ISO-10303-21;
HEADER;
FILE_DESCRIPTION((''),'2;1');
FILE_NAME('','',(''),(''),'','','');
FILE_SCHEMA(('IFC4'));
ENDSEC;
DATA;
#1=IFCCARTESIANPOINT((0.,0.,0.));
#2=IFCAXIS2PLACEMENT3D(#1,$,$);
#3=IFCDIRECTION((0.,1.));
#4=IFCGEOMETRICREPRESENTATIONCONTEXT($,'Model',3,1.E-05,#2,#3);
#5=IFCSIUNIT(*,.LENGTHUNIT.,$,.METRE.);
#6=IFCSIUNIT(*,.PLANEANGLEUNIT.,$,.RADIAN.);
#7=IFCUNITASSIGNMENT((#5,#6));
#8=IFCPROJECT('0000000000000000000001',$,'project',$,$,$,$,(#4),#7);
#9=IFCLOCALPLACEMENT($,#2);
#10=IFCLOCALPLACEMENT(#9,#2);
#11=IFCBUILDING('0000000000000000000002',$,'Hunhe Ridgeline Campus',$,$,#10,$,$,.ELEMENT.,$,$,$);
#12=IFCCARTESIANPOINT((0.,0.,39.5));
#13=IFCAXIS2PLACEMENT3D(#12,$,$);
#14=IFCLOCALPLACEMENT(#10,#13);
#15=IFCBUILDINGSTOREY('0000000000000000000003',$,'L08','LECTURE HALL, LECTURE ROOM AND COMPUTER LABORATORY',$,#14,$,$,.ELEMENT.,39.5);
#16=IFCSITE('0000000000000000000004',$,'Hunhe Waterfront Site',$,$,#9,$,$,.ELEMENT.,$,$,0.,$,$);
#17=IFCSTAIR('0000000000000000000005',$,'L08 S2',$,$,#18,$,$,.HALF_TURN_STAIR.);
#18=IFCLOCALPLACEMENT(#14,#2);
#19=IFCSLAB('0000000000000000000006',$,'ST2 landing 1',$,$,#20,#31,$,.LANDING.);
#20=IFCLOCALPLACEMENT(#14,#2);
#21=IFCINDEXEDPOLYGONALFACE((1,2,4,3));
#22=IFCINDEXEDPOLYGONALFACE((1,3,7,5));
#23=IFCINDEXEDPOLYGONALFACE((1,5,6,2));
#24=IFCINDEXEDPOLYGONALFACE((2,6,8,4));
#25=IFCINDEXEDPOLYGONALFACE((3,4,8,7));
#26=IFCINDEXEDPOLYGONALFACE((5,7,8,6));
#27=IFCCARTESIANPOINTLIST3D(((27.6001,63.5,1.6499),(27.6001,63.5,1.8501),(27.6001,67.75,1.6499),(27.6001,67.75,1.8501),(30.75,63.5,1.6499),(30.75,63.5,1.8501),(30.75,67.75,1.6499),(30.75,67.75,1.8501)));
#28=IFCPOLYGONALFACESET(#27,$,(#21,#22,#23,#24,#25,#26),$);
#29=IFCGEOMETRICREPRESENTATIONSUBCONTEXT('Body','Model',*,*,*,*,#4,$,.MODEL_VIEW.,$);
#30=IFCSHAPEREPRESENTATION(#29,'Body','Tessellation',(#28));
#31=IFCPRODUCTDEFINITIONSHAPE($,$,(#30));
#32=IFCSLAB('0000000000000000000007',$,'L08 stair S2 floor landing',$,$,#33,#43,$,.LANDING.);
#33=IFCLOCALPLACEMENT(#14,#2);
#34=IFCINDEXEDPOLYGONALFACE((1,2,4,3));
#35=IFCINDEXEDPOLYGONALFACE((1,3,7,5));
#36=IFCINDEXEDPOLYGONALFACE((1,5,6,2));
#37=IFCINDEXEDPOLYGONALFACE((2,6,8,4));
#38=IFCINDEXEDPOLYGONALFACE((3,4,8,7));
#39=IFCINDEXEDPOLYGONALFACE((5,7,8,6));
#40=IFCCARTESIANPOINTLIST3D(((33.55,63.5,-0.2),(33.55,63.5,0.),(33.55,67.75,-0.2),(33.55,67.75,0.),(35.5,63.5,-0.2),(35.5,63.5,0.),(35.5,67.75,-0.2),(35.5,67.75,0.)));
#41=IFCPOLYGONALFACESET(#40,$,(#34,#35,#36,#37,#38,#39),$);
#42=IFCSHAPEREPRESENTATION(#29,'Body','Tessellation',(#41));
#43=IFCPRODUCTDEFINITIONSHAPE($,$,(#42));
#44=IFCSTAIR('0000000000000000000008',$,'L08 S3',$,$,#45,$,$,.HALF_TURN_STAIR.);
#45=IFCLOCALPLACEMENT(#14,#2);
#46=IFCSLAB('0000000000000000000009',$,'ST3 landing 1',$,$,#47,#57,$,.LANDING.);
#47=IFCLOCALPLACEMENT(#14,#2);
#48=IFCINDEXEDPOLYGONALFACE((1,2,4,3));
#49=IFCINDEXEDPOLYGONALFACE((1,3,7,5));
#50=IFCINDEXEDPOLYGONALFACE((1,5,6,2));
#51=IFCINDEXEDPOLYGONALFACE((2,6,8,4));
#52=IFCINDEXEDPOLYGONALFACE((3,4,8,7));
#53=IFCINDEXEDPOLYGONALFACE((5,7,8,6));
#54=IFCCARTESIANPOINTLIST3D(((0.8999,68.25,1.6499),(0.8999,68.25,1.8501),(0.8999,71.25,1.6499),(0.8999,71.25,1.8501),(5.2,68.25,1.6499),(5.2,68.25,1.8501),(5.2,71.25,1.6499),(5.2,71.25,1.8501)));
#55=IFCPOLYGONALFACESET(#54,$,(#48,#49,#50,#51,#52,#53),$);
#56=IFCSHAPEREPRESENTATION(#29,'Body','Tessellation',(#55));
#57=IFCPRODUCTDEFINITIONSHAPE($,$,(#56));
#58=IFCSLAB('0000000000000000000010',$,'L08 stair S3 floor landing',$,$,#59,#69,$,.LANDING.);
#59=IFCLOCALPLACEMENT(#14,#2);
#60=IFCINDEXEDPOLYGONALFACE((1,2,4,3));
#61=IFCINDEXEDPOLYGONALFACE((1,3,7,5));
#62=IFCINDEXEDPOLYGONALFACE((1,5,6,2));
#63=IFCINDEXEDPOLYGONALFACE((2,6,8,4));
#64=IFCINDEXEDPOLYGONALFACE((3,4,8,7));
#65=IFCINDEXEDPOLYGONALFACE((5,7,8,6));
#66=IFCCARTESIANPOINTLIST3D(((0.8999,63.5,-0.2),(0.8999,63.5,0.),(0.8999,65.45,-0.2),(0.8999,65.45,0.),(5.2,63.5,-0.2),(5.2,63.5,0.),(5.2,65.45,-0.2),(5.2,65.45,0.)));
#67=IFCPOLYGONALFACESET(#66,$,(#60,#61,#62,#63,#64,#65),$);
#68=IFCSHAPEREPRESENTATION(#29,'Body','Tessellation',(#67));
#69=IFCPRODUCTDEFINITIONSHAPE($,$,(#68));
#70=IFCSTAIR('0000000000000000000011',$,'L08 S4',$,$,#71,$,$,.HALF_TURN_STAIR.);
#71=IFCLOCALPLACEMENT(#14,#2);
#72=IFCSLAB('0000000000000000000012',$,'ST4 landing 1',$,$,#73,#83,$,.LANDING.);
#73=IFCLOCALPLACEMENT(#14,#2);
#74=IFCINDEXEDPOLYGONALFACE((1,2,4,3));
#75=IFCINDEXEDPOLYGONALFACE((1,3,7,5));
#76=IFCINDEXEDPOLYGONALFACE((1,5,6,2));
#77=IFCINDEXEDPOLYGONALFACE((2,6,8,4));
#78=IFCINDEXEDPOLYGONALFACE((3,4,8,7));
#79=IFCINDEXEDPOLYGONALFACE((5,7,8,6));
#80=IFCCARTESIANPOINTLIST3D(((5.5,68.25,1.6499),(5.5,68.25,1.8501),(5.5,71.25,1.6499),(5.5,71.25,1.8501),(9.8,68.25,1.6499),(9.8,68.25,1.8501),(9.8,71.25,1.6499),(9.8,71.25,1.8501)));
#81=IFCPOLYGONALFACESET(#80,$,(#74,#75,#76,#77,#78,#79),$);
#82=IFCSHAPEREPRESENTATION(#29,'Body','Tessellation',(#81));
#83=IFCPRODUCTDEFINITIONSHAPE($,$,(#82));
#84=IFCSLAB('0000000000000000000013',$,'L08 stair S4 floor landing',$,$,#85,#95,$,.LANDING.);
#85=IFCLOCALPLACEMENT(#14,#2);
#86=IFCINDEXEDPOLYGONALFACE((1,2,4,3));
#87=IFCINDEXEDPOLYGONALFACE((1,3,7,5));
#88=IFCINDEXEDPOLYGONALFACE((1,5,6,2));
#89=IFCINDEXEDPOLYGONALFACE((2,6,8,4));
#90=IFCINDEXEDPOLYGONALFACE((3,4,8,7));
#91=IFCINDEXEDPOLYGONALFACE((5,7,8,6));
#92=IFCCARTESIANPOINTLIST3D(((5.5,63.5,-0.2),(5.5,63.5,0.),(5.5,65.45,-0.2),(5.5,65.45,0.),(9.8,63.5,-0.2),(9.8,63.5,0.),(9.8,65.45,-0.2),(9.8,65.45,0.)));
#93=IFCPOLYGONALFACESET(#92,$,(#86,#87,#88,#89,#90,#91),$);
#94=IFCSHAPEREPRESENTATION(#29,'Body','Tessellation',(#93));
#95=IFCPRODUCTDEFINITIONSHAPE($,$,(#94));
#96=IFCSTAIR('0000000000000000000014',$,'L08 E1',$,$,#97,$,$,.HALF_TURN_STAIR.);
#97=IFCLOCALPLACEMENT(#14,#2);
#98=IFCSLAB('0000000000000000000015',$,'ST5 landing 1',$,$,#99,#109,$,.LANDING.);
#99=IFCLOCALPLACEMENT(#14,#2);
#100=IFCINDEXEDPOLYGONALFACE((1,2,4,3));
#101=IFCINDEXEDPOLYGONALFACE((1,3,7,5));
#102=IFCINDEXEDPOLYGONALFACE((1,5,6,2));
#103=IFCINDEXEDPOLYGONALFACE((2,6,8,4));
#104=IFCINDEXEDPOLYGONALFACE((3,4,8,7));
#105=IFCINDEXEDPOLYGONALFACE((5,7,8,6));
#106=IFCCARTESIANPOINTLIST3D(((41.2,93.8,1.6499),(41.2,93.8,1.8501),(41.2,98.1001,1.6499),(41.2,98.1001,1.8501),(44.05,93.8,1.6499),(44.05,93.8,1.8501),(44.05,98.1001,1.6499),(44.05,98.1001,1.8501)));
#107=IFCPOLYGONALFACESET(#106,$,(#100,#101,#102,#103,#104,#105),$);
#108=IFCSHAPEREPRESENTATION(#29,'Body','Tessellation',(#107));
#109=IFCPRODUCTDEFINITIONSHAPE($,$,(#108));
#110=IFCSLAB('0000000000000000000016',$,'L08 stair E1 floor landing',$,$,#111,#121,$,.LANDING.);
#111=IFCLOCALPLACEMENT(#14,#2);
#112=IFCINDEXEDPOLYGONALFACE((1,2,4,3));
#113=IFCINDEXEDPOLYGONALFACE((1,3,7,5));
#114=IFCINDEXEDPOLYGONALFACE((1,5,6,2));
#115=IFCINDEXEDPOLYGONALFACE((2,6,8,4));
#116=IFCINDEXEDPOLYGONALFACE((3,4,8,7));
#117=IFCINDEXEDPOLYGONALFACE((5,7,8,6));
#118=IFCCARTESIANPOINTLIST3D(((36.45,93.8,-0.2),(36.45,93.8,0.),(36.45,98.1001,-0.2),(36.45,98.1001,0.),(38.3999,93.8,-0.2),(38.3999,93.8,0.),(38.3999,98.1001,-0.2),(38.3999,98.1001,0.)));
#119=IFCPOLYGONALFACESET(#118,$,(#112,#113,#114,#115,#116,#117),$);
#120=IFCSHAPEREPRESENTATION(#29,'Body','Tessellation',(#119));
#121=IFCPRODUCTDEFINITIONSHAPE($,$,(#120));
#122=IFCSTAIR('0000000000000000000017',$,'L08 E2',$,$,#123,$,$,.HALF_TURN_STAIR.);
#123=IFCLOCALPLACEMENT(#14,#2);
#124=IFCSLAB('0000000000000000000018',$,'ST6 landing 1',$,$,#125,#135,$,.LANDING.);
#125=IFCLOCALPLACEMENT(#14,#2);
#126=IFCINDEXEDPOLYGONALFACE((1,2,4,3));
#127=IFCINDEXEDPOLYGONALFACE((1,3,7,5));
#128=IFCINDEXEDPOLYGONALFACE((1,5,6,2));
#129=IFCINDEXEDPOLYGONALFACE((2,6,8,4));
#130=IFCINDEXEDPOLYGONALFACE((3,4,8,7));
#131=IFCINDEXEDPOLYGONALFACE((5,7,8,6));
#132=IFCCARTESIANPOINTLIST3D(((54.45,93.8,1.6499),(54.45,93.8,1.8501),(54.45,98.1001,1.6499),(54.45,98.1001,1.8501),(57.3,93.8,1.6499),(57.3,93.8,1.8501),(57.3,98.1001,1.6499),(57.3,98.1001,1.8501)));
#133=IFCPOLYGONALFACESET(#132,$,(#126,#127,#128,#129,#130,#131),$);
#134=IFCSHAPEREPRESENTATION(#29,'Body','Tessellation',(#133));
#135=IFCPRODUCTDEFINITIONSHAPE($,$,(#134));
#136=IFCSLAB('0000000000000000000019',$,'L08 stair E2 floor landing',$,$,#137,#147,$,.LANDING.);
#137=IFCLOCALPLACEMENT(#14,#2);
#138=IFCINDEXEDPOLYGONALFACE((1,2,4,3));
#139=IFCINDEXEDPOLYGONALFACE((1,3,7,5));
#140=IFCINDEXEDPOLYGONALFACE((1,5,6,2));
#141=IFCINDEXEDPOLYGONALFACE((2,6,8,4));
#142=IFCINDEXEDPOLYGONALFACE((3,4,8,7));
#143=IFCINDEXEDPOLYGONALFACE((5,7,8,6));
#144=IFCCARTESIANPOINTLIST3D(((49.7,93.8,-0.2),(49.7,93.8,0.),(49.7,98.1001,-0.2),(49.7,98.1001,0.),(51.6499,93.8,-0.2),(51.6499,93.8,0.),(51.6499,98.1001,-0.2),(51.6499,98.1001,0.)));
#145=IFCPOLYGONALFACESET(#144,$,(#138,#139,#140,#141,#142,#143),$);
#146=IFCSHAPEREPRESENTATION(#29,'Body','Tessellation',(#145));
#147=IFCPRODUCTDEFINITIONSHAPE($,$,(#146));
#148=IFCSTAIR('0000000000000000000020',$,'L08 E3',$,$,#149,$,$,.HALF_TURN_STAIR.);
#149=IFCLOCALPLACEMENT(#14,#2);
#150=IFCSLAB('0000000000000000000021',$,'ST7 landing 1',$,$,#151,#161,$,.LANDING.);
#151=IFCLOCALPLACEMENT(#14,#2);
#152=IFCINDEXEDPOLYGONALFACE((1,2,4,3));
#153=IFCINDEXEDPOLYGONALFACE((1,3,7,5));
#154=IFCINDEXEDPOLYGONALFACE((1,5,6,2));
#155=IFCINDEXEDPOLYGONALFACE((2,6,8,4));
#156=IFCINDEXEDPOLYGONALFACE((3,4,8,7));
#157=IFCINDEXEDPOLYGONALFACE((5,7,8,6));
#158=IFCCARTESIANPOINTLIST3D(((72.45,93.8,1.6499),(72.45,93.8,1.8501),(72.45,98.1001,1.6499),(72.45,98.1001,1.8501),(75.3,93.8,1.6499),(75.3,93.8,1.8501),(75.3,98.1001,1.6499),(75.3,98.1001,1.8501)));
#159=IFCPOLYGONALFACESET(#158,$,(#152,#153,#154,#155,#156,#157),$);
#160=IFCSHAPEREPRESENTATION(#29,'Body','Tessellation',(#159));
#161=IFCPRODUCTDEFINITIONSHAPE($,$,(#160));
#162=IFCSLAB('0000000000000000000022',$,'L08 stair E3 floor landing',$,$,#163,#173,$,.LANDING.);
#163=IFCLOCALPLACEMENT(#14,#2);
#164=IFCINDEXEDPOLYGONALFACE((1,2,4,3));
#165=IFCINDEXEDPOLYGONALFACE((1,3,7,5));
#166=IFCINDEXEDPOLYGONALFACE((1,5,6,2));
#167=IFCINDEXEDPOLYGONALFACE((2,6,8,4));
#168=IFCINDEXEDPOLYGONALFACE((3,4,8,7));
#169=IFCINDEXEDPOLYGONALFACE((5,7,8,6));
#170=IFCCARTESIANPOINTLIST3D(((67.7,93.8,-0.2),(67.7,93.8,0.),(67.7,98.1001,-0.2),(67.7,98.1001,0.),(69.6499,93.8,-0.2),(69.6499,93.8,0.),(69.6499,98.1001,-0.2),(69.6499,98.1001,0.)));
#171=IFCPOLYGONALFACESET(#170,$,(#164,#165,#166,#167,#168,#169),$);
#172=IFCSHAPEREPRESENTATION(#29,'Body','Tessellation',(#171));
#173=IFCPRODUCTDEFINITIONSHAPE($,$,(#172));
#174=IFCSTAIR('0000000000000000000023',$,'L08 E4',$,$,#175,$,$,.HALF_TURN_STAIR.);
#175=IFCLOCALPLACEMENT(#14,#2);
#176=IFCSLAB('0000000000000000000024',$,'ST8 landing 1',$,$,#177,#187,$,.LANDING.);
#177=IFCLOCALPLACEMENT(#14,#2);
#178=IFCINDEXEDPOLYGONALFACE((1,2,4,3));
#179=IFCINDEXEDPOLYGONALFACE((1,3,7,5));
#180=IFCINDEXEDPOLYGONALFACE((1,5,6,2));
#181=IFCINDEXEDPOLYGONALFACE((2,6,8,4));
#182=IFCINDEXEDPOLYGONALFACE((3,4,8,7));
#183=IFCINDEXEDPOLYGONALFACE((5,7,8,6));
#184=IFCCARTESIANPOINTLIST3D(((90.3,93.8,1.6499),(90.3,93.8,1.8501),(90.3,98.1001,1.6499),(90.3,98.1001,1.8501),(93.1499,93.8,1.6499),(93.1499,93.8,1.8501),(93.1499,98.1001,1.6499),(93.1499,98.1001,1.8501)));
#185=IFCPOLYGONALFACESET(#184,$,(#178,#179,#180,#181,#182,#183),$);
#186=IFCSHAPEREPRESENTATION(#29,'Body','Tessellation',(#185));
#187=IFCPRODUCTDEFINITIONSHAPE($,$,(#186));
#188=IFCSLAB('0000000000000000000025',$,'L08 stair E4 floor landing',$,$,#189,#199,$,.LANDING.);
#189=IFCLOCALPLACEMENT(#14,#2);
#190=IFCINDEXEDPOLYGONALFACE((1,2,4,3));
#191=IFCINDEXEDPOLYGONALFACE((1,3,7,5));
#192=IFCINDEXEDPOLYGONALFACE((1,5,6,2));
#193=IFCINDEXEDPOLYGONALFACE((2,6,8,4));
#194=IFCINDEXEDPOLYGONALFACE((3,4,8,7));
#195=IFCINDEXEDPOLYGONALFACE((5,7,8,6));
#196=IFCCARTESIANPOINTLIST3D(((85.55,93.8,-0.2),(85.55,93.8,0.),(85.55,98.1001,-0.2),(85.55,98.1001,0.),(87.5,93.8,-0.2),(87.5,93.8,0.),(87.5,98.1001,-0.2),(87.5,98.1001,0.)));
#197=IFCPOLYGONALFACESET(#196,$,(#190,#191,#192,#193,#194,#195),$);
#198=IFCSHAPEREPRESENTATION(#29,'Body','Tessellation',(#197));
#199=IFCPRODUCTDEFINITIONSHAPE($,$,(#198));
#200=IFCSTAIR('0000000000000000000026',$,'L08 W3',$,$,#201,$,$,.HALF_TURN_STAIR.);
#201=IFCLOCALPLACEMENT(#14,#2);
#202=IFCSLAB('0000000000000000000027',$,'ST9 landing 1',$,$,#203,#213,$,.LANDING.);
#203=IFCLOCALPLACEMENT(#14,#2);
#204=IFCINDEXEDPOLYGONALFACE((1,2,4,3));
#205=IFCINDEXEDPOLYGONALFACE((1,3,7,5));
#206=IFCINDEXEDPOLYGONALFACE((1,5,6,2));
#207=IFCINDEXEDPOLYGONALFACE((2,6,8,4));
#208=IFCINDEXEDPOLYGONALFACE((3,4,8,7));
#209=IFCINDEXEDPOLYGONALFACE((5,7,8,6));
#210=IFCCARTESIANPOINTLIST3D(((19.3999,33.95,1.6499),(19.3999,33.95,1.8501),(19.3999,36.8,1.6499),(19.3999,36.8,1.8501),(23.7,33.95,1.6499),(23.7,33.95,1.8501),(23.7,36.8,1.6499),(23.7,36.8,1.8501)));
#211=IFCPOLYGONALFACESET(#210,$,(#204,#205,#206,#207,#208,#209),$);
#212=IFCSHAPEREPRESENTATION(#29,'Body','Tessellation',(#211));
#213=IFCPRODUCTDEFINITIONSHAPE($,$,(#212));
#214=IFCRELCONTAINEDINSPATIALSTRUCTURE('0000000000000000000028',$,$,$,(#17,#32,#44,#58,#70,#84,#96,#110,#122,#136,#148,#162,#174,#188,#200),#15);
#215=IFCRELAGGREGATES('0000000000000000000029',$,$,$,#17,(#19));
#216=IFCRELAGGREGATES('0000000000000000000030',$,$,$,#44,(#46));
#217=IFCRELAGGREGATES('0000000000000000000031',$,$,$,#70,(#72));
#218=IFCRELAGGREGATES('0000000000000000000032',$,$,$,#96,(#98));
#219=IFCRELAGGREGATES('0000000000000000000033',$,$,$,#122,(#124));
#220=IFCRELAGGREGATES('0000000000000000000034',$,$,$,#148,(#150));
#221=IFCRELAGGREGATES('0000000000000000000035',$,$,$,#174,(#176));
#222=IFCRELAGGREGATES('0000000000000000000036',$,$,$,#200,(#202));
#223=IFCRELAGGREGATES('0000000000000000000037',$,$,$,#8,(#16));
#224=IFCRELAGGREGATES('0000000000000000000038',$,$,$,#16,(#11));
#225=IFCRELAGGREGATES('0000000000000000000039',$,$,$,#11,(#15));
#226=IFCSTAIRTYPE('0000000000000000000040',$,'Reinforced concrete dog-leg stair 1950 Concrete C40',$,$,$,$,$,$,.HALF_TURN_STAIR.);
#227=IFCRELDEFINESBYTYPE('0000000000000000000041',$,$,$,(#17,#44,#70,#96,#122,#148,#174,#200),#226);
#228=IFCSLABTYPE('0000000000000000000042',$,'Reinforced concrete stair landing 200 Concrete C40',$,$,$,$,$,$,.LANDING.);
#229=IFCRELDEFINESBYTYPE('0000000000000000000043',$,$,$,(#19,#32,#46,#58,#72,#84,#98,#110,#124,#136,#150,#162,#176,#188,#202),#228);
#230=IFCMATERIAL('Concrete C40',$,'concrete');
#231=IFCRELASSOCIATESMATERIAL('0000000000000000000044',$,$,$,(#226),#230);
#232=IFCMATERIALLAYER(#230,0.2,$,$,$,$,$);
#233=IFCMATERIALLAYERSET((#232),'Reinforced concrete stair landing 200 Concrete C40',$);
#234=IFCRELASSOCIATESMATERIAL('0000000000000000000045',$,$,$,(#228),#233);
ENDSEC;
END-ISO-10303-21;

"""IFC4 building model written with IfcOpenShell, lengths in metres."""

from ifc_helpers import new_model, si_unit, direction, frame, origin, place, context, subcontext, project, spatial, polyline, outline, extrude, material, layer, layer_set, type_object, element, aggregate, save


model = new_model("IFC4")

# Units and contexts
model_context = context("Model", 3, precision=1e-05, world=origin(), true_north=direction((0.0, 1.0)))
body_context = subcontext(model_context, "Body", "Model", "MODEL_VIEW")
ifc_project = project(units=[si_unit("LENGTHUNIT", "METRE"), si_unit("PLANEANGLEUNIT", "RADIAN")], contexts=[model_context])

# Site, building, storey
site_placement = place(None, origin())
site = spatial("IfcSite", under=ifc_project, at=site_placement, Name="Hunhe Waterfront Site", CompositionType="ELEMENT", RefElevation=0.0)
building_placement = place(site_placement, origin())
building = spatial("IfcBuilding", under=site, at=building_placement, Name="Hunhe Ridgeline Campus", CompositionType="ELEMENT")
storey_placement = place(building_placement, frame((0.0, 0.0, 39.5)))
storey = spatial("IfcBuildingStorey", under=building, at=storey_placement, Name="L08", Description="LECTURE HALL, LECTURE ROOM AND COMPUTER LABORATORY", CompositionType="ELEMENT", Elevation=39.5)

# Shared definitions
ifc_material_1 = material(Name="Concrete C40", Category="concrete")

# Shared definitions
stair_type = type_object("IfcStairType", Name="Reinforced concrete dog-leg stair 1950 Concrete C40", PredefinedType="HALF_TURN_STAIR", material=ifc_material_1)
ifc_layer_1 = layer(ifc_material_1, 0.2)
ifc_layer_set_1 = layer_set([ifc_layer_1], Name="Reinforced concrete stair landing 200 Concrete C40")
slab_type_1 = type_object("IfcSlabType", Name="Reinforced concrete stair landing 200 Concrete C40", PredefinedType="LANDING", material=ifc_layer_set_1)

# Stair, slab
stair_1_placement = place(storey_placement, origin())
stair_1 = element("IfcStair", 1, at=stair_1_placement, inside=storey, type_object=stair_type, Name="L08 S2", PredefinedType="HALF_TURN_STAIR")
slab_1_placement = place(storey_placement, frame((0.0, 0.0, 1.6499)))
slab_1 = element("IfcSlab", 2, at=slab_1_placement, type_object=slab_type_1, Name="ST2 landing 1", PredefinedType="LANDING", context=body_context, shape_type="SweptSolid", body=[
    extrude(outline(polyline([(30.75, 67.75), (27.6001, 67.75), (27.6001, 63.5), (30.75, 63.5), (30.75, 67.75)])), origin(), (0.0, 0.0, 1.0), 0.2002),
])
aggregate(stair_1, [slab_1])

# Slab
slab_2_placement = place(storey_placement, frame((0.0, 0.0, -0.2)))
element("IfcSlab", 3, at=slab_2_placement, inside=storey, type_object=slab_type_1, Name="L08 stair S2 floor landing", PredefinedType="LANDING", context=body_context, shape_type="SweptSolid", body=[
    extrude(outline(polyline([(35.5, 67.75), (33.55, 67.75), (33.55, 63.5), (35.5, 63.5), (35.5, 67.75)])), origin(), (0.0, 0.0, 1.0), 0.2),
])

# Stair, slab
stair_2_placement = place(storey_placement, origin())
stair_2 = element("IfcStair", 4, at=stair_2_placement, inside=storey, type_object=stair_type, Name="L08 S3", PredefinedType="HALF_TURN_STAIR")
slab_3_placement = place(storey_placement, frame((0.0, 0.0, 1.6499)))
slab_3 = element("IfcSlab", 5, at=slab_3_placement, type_object=slab_type_1, Name="ST3 landing 1", PredefinedType="LANDING", context=body_context, shape_type="SweptSolid", body=[
    extrude(outline(polyline([(5.2, 68.25), (5.2, 71.25), (0.8999, 71.25), (0.8999, 68.25), (5.2, 68.25)])), origin(), (0.0, 0.0, 1.0), 0.2002),
])
aggregate(stair_2, [slab_3])

# Slab
slab_4_placement = place(storey_placement, frame((0.0, 0.0, -0.2)))
element("IfcSlab", 6, at=slab_4_placement, inside=storey, type_object=slab_type_1, Name="L08 stair S3 floor landing", PredefinedType="LANDING", context=body_context, shape_type="SweptSolid", body=[
    extrude(outline(polyline([(5.2, 63.5), (5.2, 65.45), (0.8999, 65.45), (0.8999, 63.5), (5.2, 63.5)])), origin(), (0.0, 0.0, 1.0), 0.2),
])

# Stair, slab
stair_3_placement = place(storey_placement, origin())
stair_3 = element("IfcStair", 7, at=stair_3_placement, inside=storey, type_object=stair_type, Name="L08 S4", PredefinedType="HALF_TURN_STAIR")
slab_5_placement = place(storey_placement, frame((0.0, 0.0, 1.6499)))
slab_5 = element("IfcSlab", 8, at=slab_5_placement, type_object=slab_type_1, Name="ST4 landing 1", PredefinedType="LANDING", context=body_context, shape_type="SweptSolid", body=[
    extrude(outline(polyline([(9.8, 68.25), (9.8, 71.25), (5.5, 71.25), (5.5, 68.25), (9.8, 68.25)])), origin(), (0.0, 0.0, 1.0), 0.2002),
])
aggregate(stair_3, [slab_5])

# Slab
slab_6_placement = place(storey_placement, frame((0.0, 0.0, -0.2)))
element("IfcSlab", 9, at=slab_6_placement, inside=storey, type_object=slab_type_1, Name="L08 stair S4 floor landing", PredefinedType="LANDING", context=body_context, shape_type="SweptSolid", body=[
    extrude(outline(polyline([(9.8, 63.5), (9.8, 65.45), (5.5, 65.45), (5.5, 63.5), (9.8, 63.5)])), origin(), (0.0, 0.0, 1.0), 0.2),
])

# Stair, slab
stair_4_placement = place(storey_placement, origin())
stair_4 = element("IfcStair", 10, at=stair_4_placement, inside=storey, type_object=stair_type, Name="L08 E1", PredefinedType="HALF_TURN_STAIR")
slab_7_placement = place(storey_placement, frame((0.0, 0.0, 1.6499)))
slab_7 = element("IfcSlab", 11, at=slab_7_placement, type_object=slab_type_1, Name="ST5 landing 1", PredefinedType="LANDING", context=body_context, shape_type="SweptSolid", body=[
    extrude(outline(polyline([(41.2, 93.8), (44.05, 93.8), (44.05, 98.1001), (41.2, 98.1001), (41.2, 93.8)])), origin(), (0.0, 0.0, 1.0), 0.2002),
])
aggregate(stair_4, [slab_7])

# Slab
slab_8_placement = place(storey_placement, frame((0.0, 0.0, -0.2)))
element("IfcSlab", 12, at=slab_8_placement, inside=storey, type_object=slab_type_1, Name="L08 stair E1 floor landing", PredefinedType="LANDING", context=body_context, shape_type="SweptSolid", body=[
    extrude(outline(polyline([(36.45, 93.8), (38.3999, 93.8), (38.3999, 98.1001), (36.45, 98.1001), (36.45, 93.8)])), origin(), (0.0, 0.0, 1.0), 0.2),
])

# Stair, slab
stair_5_placement = place(storey_placement, origin())
stair_5 = element("IfcStair", 13, at=stair_5_placement, inside=storey, type_object=stair_type, Name="L08 E2", PredefinedType="HALF_TURN_STAIR")
slab_9_placement = place(storey_placement, frame((0.0, 0.0, 1.6499)))
slab_9 = element("IfcSlab", 14, at=slab_9_placement, type_object=slab_type_1, Name="ST6 landing 1", PredefinedType="LANDING", context=body_context, shape_type="SweptSolid", body=[
    extrude(outline(polyline([(54.45, 93.8), (57.3, 93.8), (57.3, 98.1001), (54.45, 98.1001), (54.45, 93.8)])), origin(), (0.0, 0.0, 1.0), 0.2002),
])
aggregate(stair_5, [slab_9])

# Slab
slab_10_placement = place(storey_placement, frame((0.0, 0.0, -0.2)))
element("IfcSlab", 15, at=slab_10_placement, inside=storey, type_object=slab_type_1, Name="L08 stair E2 floor landing", PredefinedType="LANDING", context=body_context, shape_type="SweptSolid", body=[
    extrude(outline(polyline([(49.7, 93.8), (51.6499, 93.8), (51.6499, 98.1001), (49.7, 98.1001), (49.7, 93.8)])), origin(), (0.0, 0.0, 1.0), 0.2),
])

# Stair, slab
stair_6_placement = place(storey_placement, origin())
stair_6 = element("IfcStair", 16, at=stair_6_placement, inside=storey, type_object=stair_type, Name="L08 E3", PredefinedType="HALF_TURN_STAIR")
slab_11_placement = place(storey_placement, frame((0.0, 0.0, 1.6499)))
slab_11 = element("IfcSlab", 17, at=slab_11_placement, type_object=slab_type_1, Name="ST7 landing 1", PredefinedType="LANDING", context=body_context, shape_type="SweptSolid", body=[
    extrude(outline(polyline([(72.45, 93.8), (75.3, 93.8), (75.3, 98.1001), (72.45, 98.1001), (72.45, 93.8)])), origin(), (0.0, 0.0, 1.0), 0.2002),
])
aggregate(stair_6, [slab_11])

# Slab
slab_12_placement = place(storey_placement, frame((0.0, 0.0, -0.2)))
element("IfcSlab", 18, at=slab_12_placement, inside=storey, type_object=slab_type_1, Name="L08 stair E3 floor landing", PredefinedType="LANDING", context=body_context, shape_type="SweptSolid", body=[
    extrude(outline(polyline([(67.7, 93.8), (69.6499, 93.8), (69.6499, 98.1001), (67.7, 98.1001), (67.7, 93.8)])), origin(), (0.0, 0.0, 1.0), 0.2),
])

# Stair, slab
stair_7_placement = place(storey_placement, origin())
stair_7 = element("IfcStair", 19, at=stair_7_placement, inside=storey, type_object=stair_type, Name="L08 E4", PredefinedType="HALF_TURN_STAIR")
slab_13_placement = place(storey_placement, frame((0.0, 0.0, 1.6499)))
slab_13 = element("IfcSlab", 20, at=slab_13_placement, type_object=slab_type_1, Name="ST8 landing 1", PredefinedType="LANDING", context=body_context, shape_type="SweptSolid", body=[
    extrude(outline(polyline([(90.3, 93.8), (93.1499, 93.8), (93.1499, 98.1001), (90.3, 98.1001), (90.3, 93.8)])), origin(), (0.0, 0.0, 1.0), 0.2002),
])
aggregate(stair_7, [slab_13])

# Slab
slab_14_placement = place(storey_placement, frame((0.0, 0.0, -0.2)))
element("IfcSlab", 21, at=slab_14_placement, inside=storey, type_object=slab_type_1, Name="L08 stair E4 floor landing", PredefinedType="LANDING", context=body_context, shape_type="SweptSolid", body=[
    extrude(outline(polyline([(85.55, 93.8), (87.5, 93.8), (87.5, 98.1001), (85.55, 98.1001), (85.55, 93.8)])), origin(), (0.0, 0.0, 1.0), 0.2),
])

# Stair, slab
stair_8_placement = place(storey_placement, origin())
stair_8 = element("IfcStair", 22, at=stair_8_placement, inside=storey, type_object=stair_type, Name="L08 W3", PredefinedType="HALF_TURN_STAIR")
slab_15_placement = place(storey_placement, frame((0.0, 0.0, 1.6499)))
slab_15 = element("IfcSlab", 23, at=slab_15_placement, type_object=slab_type_1, Name="ST9 landing 1", PredefinedType="LANDING", context=body_context, shape_type="SweptSolid", body=[
    extrude(outline(polyline([(23.7, 33.95), (23.7, 36.8), (19.3999, 36.8), (19.3999, 33.95), (23.7, 33.95)])), origin(), (0.0, 0.0, 1.0), 0.2002),
])
aggregate(stair_8, [slab_15])

save(model, "model.ifc")
